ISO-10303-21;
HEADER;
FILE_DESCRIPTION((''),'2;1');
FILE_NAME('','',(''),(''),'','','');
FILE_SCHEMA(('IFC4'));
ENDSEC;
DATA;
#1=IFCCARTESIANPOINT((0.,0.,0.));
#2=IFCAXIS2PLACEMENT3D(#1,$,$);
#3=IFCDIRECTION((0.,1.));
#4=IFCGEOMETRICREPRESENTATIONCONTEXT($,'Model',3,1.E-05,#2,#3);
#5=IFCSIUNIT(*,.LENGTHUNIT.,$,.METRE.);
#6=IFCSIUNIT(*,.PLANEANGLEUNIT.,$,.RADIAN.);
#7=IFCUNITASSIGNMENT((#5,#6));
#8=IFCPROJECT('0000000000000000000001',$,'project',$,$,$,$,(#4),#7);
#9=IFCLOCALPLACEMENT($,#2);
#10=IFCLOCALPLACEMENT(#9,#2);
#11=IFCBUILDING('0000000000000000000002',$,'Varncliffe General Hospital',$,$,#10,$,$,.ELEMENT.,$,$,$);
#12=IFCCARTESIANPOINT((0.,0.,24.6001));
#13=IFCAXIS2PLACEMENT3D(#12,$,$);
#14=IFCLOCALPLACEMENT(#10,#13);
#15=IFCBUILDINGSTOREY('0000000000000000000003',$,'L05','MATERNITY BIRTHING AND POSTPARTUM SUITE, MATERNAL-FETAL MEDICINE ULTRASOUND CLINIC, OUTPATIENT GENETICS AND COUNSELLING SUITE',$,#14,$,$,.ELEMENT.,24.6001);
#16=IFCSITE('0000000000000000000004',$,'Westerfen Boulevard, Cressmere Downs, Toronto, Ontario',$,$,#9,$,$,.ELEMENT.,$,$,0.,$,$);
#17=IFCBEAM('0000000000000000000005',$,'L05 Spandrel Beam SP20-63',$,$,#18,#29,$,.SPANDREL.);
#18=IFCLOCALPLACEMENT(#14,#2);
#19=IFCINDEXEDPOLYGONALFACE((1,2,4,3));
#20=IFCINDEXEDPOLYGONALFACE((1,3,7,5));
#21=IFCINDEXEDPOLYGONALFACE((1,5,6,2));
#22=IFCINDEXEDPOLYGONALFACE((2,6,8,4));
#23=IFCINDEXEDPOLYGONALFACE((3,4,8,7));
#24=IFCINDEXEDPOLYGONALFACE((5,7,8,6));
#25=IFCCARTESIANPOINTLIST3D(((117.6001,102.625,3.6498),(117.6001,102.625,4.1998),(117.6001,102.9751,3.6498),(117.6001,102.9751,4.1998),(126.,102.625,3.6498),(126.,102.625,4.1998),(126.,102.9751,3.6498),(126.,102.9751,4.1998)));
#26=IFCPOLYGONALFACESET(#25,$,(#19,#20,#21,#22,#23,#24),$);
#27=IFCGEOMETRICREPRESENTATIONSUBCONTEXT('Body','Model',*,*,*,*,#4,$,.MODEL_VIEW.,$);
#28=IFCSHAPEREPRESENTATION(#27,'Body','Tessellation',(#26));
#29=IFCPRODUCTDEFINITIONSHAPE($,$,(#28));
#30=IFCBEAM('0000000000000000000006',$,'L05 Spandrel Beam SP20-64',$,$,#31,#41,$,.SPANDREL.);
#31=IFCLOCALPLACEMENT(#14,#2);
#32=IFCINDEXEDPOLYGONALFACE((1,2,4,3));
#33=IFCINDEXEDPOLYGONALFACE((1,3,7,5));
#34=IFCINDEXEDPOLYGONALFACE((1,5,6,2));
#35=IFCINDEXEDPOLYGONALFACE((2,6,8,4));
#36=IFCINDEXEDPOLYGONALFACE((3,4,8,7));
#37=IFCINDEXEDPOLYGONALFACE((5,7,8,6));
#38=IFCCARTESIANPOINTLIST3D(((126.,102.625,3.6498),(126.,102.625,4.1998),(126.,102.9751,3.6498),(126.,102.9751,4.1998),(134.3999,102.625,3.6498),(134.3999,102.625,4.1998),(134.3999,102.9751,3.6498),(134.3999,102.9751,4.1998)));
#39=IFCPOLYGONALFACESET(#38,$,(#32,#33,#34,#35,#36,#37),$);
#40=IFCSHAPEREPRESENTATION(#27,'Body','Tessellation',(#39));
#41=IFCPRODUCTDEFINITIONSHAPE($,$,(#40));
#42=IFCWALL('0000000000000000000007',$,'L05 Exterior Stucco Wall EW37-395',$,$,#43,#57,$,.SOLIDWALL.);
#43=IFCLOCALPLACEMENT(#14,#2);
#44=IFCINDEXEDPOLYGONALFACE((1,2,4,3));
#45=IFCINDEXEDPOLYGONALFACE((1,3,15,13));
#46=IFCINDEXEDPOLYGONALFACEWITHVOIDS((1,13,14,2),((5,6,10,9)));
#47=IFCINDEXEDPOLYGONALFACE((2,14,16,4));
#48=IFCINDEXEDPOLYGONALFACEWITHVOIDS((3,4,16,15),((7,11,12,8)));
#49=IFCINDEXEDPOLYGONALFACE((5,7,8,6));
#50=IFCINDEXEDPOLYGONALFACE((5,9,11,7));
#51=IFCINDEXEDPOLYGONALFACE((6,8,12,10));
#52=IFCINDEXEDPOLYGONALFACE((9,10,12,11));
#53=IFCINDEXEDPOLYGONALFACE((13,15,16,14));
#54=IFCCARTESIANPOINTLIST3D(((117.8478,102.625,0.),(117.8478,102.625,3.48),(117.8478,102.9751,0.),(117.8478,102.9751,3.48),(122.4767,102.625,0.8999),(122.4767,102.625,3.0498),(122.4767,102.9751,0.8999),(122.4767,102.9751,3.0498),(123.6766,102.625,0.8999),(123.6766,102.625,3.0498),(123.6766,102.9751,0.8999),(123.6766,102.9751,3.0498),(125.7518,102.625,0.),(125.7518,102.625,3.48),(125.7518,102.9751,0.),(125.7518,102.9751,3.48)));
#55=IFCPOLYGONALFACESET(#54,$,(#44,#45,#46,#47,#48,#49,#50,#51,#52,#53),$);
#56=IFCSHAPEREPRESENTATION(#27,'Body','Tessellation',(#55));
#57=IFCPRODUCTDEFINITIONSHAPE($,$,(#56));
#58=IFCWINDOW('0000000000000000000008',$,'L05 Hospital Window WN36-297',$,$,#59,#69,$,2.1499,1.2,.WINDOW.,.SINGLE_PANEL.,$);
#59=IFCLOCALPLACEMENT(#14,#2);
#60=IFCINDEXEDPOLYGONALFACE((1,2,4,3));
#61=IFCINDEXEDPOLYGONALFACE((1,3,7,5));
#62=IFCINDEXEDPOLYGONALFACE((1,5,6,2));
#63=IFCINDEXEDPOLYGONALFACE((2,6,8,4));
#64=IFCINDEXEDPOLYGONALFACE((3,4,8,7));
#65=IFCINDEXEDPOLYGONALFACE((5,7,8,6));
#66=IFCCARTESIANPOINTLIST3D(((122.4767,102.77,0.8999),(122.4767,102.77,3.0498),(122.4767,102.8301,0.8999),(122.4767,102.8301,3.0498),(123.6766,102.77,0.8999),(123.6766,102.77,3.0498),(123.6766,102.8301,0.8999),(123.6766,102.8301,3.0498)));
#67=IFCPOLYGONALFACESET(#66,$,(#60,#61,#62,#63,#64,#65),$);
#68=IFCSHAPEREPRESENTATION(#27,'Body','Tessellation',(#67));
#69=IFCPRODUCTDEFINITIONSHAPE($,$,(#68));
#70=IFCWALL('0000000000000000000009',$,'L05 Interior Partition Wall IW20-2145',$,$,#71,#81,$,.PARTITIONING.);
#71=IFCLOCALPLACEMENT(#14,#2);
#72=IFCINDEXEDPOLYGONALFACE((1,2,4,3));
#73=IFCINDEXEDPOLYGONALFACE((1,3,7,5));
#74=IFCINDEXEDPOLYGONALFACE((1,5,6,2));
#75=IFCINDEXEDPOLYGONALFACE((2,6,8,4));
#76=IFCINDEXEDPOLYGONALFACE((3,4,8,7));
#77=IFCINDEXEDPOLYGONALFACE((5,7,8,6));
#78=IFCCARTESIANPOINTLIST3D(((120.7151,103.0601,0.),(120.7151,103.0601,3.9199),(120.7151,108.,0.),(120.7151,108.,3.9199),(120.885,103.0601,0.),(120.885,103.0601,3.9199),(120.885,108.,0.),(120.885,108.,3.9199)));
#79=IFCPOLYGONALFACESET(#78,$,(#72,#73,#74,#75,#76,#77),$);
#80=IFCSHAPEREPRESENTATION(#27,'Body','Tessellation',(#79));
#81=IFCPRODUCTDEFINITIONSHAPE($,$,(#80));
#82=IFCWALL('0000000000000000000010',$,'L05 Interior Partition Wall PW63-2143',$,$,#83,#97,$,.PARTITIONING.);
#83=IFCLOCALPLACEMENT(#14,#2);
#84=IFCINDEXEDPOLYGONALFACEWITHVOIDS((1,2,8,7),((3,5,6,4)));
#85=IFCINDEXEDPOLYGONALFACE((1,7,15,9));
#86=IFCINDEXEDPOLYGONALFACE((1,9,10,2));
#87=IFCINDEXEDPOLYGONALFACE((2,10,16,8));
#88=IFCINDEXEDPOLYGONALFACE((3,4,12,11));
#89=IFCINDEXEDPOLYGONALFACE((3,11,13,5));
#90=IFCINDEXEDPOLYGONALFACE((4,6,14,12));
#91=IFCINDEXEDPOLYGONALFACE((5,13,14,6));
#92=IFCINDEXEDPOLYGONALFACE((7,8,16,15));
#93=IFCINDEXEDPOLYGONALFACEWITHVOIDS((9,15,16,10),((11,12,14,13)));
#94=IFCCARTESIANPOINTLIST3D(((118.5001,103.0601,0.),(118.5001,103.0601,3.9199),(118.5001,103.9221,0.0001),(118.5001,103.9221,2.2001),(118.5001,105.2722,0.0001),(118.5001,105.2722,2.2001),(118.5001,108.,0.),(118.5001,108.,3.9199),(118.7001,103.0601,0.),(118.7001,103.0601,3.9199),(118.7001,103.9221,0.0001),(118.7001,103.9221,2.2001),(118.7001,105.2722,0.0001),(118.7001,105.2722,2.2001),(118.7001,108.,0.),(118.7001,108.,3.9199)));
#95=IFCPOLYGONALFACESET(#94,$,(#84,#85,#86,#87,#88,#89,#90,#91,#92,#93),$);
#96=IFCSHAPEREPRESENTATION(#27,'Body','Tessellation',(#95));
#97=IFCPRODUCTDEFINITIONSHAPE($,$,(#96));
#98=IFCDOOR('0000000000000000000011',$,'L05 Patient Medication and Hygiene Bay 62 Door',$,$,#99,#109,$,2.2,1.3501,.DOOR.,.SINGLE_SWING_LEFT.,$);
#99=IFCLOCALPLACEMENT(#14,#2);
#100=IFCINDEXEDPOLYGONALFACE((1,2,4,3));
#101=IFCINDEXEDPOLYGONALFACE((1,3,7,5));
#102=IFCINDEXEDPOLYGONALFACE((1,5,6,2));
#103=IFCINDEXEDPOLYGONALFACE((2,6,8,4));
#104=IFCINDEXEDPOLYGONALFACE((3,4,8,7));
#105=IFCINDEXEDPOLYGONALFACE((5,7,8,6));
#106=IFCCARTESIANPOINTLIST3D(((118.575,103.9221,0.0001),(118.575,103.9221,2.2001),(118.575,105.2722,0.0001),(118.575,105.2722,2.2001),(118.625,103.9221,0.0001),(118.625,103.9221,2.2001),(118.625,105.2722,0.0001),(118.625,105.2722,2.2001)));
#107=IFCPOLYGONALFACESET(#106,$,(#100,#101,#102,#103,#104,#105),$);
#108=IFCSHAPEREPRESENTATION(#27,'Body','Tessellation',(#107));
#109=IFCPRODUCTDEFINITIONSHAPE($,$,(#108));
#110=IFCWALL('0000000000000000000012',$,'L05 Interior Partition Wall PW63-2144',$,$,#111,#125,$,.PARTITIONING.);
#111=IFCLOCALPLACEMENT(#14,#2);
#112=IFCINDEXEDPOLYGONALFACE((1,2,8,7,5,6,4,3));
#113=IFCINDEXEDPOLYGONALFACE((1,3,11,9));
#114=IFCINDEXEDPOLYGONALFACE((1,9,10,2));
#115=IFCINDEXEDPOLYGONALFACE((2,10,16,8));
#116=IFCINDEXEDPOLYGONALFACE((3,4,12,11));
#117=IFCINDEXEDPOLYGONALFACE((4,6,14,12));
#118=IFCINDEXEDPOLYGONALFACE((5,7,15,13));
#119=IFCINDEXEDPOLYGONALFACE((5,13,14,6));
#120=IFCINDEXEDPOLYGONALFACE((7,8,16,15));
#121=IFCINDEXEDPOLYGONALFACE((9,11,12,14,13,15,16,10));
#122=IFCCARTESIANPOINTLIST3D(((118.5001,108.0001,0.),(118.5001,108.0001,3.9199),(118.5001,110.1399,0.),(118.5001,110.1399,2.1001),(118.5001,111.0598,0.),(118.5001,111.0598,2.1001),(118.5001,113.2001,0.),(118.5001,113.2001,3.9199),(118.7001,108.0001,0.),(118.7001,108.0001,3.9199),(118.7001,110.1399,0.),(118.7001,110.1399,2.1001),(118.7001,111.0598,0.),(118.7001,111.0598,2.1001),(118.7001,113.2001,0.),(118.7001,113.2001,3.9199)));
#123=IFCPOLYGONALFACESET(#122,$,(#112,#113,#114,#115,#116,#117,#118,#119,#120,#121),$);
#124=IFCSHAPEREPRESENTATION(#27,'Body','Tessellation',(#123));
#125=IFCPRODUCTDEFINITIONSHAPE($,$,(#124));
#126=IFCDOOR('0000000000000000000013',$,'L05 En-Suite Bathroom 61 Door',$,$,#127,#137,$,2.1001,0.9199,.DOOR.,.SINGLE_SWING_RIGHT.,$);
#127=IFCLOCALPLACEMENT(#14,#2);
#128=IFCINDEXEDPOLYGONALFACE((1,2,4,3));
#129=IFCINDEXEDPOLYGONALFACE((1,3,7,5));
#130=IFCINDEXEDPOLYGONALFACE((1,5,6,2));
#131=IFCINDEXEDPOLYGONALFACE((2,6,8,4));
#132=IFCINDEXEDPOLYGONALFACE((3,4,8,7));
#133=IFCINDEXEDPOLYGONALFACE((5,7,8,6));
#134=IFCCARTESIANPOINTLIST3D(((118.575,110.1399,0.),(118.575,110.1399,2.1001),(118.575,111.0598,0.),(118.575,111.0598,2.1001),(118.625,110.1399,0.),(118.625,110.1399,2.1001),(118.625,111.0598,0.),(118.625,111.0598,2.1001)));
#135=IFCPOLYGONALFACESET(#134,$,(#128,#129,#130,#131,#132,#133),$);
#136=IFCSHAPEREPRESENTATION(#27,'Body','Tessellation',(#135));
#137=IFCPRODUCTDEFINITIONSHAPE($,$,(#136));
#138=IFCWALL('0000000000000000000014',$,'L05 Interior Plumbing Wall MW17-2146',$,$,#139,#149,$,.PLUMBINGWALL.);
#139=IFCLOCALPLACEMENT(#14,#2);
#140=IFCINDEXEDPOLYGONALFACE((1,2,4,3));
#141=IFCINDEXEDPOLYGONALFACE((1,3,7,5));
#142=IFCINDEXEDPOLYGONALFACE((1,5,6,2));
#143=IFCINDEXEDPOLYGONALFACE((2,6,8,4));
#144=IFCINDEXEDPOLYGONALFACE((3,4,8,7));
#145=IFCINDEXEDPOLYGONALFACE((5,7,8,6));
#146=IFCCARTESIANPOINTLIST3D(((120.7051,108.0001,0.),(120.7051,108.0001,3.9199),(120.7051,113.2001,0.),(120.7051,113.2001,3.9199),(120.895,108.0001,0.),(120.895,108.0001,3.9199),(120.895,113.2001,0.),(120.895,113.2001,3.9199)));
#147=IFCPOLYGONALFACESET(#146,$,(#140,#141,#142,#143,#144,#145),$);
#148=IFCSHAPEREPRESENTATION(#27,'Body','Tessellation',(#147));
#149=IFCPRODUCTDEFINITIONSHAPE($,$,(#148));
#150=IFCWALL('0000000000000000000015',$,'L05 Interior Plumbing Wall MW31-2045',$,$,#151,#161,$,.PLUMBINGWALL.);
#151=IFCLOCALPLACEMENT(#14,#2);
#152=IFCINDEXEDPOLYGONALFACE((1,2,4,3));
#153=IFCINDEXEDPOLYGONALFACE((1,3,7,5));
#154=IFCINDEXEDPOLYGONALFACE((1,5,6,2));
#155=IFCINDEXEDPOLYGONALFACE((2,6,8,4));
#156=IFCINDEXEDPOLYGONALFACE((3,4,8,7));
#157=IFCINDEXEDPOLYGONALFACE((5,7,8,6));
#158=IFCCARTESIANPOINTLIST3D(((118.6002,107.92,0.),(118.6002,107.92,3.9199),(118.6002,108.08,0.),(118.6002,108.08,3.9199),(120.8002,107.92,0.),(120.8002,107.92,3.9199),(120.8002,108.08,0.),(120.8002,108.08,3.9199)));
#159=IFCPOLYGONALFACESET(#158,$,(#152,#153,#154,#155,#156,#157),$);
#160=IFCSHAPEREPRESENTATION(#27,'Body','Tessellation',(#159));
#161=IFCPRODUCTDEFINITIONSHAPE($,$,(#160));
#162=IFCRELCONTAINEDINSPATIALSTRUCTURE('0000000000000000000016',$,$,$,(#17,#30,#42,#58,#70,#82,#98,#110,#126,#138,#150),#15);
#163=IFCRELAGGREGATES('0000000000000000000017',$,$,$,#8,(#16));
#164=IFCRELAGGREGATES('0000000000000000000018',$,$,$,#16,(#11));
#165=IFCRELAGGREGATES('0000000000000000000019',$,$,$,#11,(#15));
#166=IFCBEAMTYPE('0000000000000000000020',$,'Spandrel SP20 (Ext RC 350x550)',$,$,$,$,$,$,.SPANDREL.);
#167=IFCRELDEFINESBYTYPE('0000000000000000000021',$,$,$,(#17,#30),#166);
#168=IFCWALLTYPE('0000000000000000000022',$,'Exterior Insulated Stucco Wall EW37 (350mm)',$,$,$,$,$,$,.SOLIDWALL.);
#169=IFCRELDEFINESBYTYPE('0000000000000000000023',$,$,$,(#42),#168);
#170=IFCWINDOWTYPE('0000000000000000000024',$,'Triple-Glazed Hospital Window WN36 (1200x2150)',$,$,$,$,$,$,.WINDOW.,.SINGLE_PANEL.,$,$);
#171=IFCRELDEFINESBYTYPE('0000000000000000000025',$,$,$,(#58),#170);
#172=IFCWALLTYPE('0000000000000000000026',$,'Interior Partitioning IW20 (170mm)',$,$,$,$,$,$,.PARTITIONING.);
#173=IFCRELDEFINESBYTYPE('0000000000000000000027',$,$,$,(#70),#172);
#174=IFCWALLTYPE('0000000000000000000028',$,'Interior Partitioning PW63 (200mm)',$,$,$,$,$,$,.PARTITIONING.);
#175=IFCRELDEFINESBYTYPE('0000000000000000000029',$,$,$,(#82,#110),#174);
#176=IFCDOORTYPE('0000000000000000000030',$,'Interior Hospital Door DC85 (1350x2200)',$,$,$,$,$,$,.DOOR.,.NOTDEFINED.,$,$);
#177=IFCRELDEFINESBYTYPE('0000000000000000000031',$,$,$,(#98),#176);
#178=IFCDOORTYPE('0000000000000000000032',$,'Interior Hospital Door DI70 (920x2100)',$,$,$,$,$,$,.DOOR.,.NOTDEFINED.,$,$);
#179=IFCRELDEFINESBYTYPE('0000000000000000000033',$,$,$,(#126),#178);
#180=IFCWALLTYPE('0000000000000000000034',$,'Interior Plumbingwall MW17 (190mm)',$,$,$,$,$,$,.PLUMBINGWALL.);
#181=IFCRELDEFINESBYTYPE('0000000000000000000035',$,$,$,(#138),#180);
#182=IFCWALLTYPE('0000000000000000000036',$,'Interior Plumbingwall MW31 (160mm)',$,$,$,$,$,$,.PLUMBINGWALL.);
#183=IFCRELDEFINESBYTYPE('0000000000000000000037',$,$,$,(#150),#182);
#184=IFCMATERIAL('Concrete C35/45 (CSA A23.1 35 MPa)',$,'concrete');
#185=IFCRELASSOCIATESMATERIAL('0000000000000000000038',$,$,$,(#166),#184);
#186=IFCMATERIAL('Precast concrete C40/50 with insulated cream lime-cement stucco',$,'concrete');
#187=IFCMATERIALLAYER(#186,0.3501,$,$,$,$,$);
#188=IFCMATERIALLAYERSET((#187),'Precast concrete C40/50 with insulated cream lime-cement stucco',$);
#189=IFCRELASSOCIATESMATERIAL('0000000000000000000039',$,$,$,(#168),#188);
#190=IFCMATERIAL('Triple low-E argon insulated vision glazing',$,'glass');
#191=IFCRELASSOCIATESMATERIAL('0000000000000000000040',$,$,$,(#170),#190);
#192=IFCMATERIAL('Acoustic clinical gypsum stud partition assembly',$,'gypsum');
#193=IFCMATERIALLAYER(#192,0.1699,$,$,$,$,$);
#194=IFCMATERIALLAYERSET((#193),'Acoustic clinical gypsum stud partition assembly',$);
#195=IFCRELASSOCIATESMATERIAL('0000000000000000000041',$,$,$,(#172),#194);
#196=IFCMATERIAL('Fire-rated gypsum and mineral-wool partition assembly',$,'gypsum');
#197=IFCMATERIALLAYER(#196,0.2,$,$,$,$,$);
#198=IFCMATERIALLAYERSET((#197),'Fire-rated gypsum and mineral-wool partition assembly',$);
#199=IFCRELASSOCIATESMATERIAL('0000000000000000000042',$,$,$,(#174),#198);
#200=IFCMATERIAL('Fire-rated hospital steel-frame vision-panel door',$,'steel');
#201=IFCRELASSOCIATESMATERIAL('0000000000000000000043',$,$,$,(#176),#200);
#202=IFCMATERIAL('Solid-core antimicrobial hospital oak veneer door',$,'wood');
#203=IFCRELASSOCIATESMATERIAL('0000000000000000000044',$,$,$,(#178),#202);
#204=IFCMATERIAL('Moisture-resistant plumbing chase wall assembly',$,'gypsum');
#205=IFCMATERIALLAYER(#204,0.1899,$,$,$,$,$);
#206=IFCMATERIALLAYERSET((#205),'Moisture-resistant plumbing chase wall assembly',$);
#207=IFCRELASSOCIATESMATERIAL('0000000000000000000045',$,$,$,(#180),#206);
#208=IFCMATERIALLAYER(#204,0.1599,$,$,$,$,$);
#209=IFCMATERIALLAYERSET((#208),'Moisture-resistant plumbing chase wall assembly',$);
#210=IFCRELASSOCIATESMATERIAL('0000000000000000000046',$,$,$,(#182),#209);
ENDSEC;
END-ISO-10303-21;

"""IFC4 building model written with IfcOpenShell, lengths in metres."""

from ifc_helpers import new_model, si_unit, direction, frame, frame_2d, origin, origin_2d, place, context, subcontext, project, spatial, rectangle, extrude, material, layer, layer_set, material_profile, profile_set, type_object, element, fill, save


model = new_model("IFC4")

# Units and contexts
model_context = context("Model", 3, precision=1e-05, world=origin(), true_north=direction((0.0, 1.0)))
body_context = subcontext(model_context, "Body", "Model", "MODEL_VIEW")
ifc_project = project(units=[si_unit("LENGTHUNIT", "METRE"), si_unit("PLANEANGLEUNIT", "RADIAN")], contexts=[model_context])

# Site, building, storey
site_placement = place(None, origin())
site = spatial("IfcSite", under=ifc_project, at=site_placement, Name="Westerfen Boulevard, Cressmere Downs, Toronto, Ontario", CompositionType="ELEMENT", RefElevation=0.0)
building_placement = place(site_placement, origin())
building = spatial("IfcBuilding", under=site, at=building_placement, Name="Varncliffe General Hospital", CompositionType="ELEMENT")
storey_placement = place(building_placement, frame((0.0, 0.0, 24.6001)))
storey = spatial("IfcBuildingStorey", under=building, at=storey_placement, Name="L05", Description="MATERNITY BIRTHING AND POSTPARTUM SUITE, MATERNAL-FETAL MEDICINE ULTRASOUND CLINIC, OUTPATIENT GENETICS AND COUNSELLING SUITE", CompositionType="ELEMENT", Elevation=24.6001)

# Beams
ifc_material_1 = material(Name="Concrete C35/45 (CSA A23.1 35 MPa)", Category="concrete")
ifc_material_profile_1 = material_profile(ifc_material_1, rectangle(XDim=0.3501, YDim=0.55, at=origin_2d()), Name="RC 350x550")
ifc_profile_set_1 = profile_set([ifc_material_profile_1], Name="Concrete C35/45 (CSA A23.1 35 MPa)")
beam_type_1 = type_object("IfcBeamType", Name="Spandrel SP20 (Ext RC 350x550)", PredefinedType="SPANDREL", material=ifc_profile_set_1)
for number, where, z_axis, x_axis, name in (
    (1, (117.6001, 102.8, 3.9248), (1.0, 0.0, 0.0), (0.0, 1.0, 0.0), "L05 Spandrel Beam SP20-63"),
    (2, (126.0, 102.8, 3.9248), (1.0, 0.0, 0.0), (0.0, 1.0, 0.0), "L05 Spandrel Beam SP20-64"),
):
    element("IfcBeam", number, at=place(storey_placement, frame(where, z_axis=z_axis, x_axis=x_axis)), inside=storey, type_object=beam_type_1, Name=name, PredefinedType="SPANDREL", context=body_context, shape_type="SweptSolid", body=[
        extrude(rectangle(XDim=0.3501, YDim=0.55, at=origin_2d()), origin(), (0.0, 0.0, 1.0), 8.3999),
    ])

# Wall, opening, window
ifc_material_2 = material(Name="Precast concrete C40/50 with insulated cream lime-cement stucco", Category="concrete")
ifc_layer_1 = layer(ifc_material_2, 0.3501)
ifc_layer_set_1 = layer_set([ifc_layer_1], Name="Precast concrete C40/50 with insulated cream lime-cement stucco")
wall_type_1 = type_object("IfcWallType", Name="Exterior Insulated Stucco Wall EW37 (350mm)", PredefinedType="SOLIDWALL", material=ifc_layer_set_1)
wall_1_placement = place(storey_placement, frame((125.752, 102.8, 0.0), z_axis=(0.0, 0.0, 1.0), x_axis=(-1.0, 0.0, 0.0)))
wall_1 = element("IfcWall", 3, at=wall_1_placement, inside=storey, type_object=wall_type_1, Name="L05 Exterior Stucco Wall EW37-395", PredefinedType="SOLIDWALL", context=body_context, shape_type="SweptSolid", body=[
    extrude(rectangle(XDim=7.9041, YDim=0.3501, at=frame_2d((3.9521, 0.0))), origin(), (0.0, 0.0, 1.0), 3.48),
])
opening_1_placement = place(wall_1_placement, frame((2.0752, 0.0, 0.8999)))
opening_1 = element("IfcOpeningElement", 4, at=opening_1_placement, cuts=wall_1, PredefinedType="OPENING", context=body_context, shape_type="SweptSolid", body=[
    extrude(rectangle(XDim=1.2, YDim=2.1499, at=frame_2d((0.6001, 1.075))), frame((0.0, 0.1851, 0.0), z_axis=(0.0, -1.0, 0.0), x_axis=(1.0, 0.0, 0.0)), (0.0, 0.0, 1.0), 0.3701),
])
ifc_material_3 = material(Name="Triple low-E argon insulated vision glazing", Category="glass")
window_type = type_object("IfcWindowType", Name="Triple-Glazed Hospital Window WN36 (1200x2150)", PartitioningType="SINGLE_PANEL", PredefinedType="WINDOW", material=ifc_material_3)
window_placement = place(opening_1_placement, origin())
window = element("IfcWindow", 5, at=window_placement, inside=storey, type_object=window_type, Name="L05 Hospital Window WN36-297", OverallHeight=2.1499, OverallWidth=1.2, PartitioningType="SINGLE_PANEL", PredefinedType="WINDOW", context=body_context, shape_type="SweptSolid", body=[
    extrude(rectangle(XDim=1.2, YDim=2.1499, at=frame_2d((0.6001, 1.075))), frame((0.0, 0.03, 0.0), z_axis=(0.0, -1.0, 0.0), x_axis=(1.0, 0.0, 0.0)), (0.0, 0.0, 1.0), 0.0601),
])
fill(opening_1, window)

# Wall
ifc_material_4 = material(Name="Acoustic clinical gypsum stud partition assembly", Category="gypsum")
ifc_layer_2 = layer(ifc_material_4, 0.1699)
ifc_layer_set_2 = layer_set([ifc_layer_2], Name="Acoustic clinical gypsum stud partition assembly")
wall_type_2 = type_object("IfcWallType", Name="Interior Partitioning IW20 (170mm)", PredefinedType="PARTITIONING", material=ifc_layer_set_2)
wall_2_placement = place(storey_placement, frame((120.8, 103.0601, 0.0), z_axis=(0.0, 0.0, 1.0), x_axis=(0.0, 1.0, 0.0)))
element("IfcWall", 6, at=wall_2_placement, inside=storey, type_object=wall_type_2, Name="L05 Interior Partition Wall IW20-2145", PredefinedType="PARTITIONING", context=body_context, shape_type="SweptSolid", body=[
    extrude(rectangle(XDim=4.9399, YDim=0.1699, at=frame_2d((2.47, 0.0))), origin(), (0.0, 0.0, 1.0), 3.9199),
])

# Walls, openings, doors
ifc_material_5 = material(Name="Fire-rated gypsum and mineral-wool partition assembly", Category="gypsum")
ifc_layer_3 = layer(ifc_material_5, 0.2)
ifc_layer_set_3 = layer_set([ifc_layer_3], Name="Fire-rated gypsum and mineral-wool partition assembly")
wall_type_3 = type_object("IfcWallType", Name="Interior Partitioning PW63 (200mm)", PredefinedType="PARTITIONING", material=ifc_layer_set_3)
wall_3_placement = place(storey_placement, frame((118.6001, 103.0601, 0.0), z_axis=(0.0, 0.0, 1.0), x_axis=(0.0, 1.0, 0.0)))
wall_3 = element("IfcWall", 7, at=wall_3_placement, inside=storey, type_object=wall_type_3, Name="L05 Interior Partition Wall PW63-2143", PredefinedType="PARTITIONING", context=body_context, shape_type="SweptSolid", body=[
    extrude(rectangle(XDim=4.9399, YDim=0.2, at=frame_2d((2.47, 0.0))), origin(), (0.0, 0.0, 1.0), 3.9199),
])
opening_2_placement = place(wall_3_placement, frame((0.8621, 0.0, 0.0)))
opening_2 = element("IfcOpeningElement", 8, at=opening_2_placement, cuts=wall_3, PredefinedType="OPENING", context=body_context, shape_type="SweptSolid", body=[
    extrude(rectangle(XDim=1.3501, YDim=2.2, at=frame_2d((0.675, 1.1001))), frame((0.0, 0.1099, 0.0), z_axis=(0.0, -1.0, 0.0), x_axis=(1.0, 0.0, 0.0)), (0.0, 0.0, 1.0), 0.22),
])
ifc_material_6 = material(Name="Fire-rated hospital steel-frame vision-panel door", Category="steel")
door_type_1 = type_object("IfcDoorType", Name="Interior Hospital Door DC85 (1350x2200)", OperationType="NOTDEFINED", PredefinedType="DOOR", material=ifc_material_6)
door_1_placement = place(opening_2_placement, frame((1.3501, 0.0, 0.0), z_axis=(0.0, 0.0, 1.0), x_axis=(-1.0, 0.0, 0.0)))
door_1 = element("IfcDoor", 9, at=door_1_placement, inside=storey, type_object=door_type_1, Name="L05 Patient Medication and Hygiene Bay 62 Door", OperationType="SINGLE_SWING_LEFT", OverallHeight=2.2, OverallWidth=1.3501, PredefinedType="DOOR", context=body_context, shape_type="SweptSolid", body=[
    extrude(rectangle(XDim=1.3501, YDim=2.2, at=frame_2d((0.675, 1.1001))), frame((0.0, 0.0249, 0.0), z_axis=(0.0, -1.0, 0.0), x_axis=(1.0, 0.0, 0.0)), (0.0, 0.0, 1.0), 0.05),
])
fill(opening_2, door_1)
wall_4_placement = place(storey_placement, frame((118.6001, 108.0, 0.0), z_axis=(0.0, 0.0, 1.0), x_axis=(0.0, 1.0, 0.0)))
wall_4 = element("IfcWall", 10, at=wall_4_placement, inside=storey, type_object=wall_type_3, Name="L05 Interior Partition Wall PW63-2144", PredefinedType="PARTITIONING", context=body_context, shape_type="SweptSolid", body=[
    extrude(rectangle(XDim=5.2, YDim=0.2, at=frame_2d((2.6001, 0.0))), origin(), (0.0, 0.0, 1.0), 3.9199),
])
opening_3_placement = place(wall_4_placement, frame((2.1399, 0.0, 0.0)))
opening_3 = element("IfcOpeningElement", 11, at=opening_3_placement, cuts=wall_4, PredefinedType="OPENING", context=body_context, shape_type="SweptSolid", body=[
    extrude(rectangle(XDim=0.9199, YDim=2.1001, at=frame_2d((0.46, 1.05))), frame((0.0, 0.1099, 0.0), z_axis=(0.0, -1.0, 0.0), x_axis=(1.0, 0.0, 0.0)), (0.0, 0.0, 1.0), 0.22),
])
ifc_material_7 = material(Name="Solid-core antimicrobial hospital oak veneer door", Category="wood")
door_type_2 = type_object("IfcDoorType", Name="Interior Hospital Door DI70 (920x2100)", OperationType="NOTDEFINED", PredefinedType="DOOR", material=ifc_material_7)
door_2_placement = place(opening_3_placement, frame((0.9199, 0.0, 0.0), z_axis=(0.0, 0.0, 1.0), x_axis=(-1.0, 0.0, 0.0)))
door_2 = element("IfcDoor", 12, at=door_2_placement, inside=storey, type_object=door_type_2, Name="L05 En-Suite Bathroom 61 Door", OperationType="SINGLE_SWING_RIGHT", OverallHeight=2.1001, OverallWidth=0.9199, PredefinedType="DOOR", context=body_context, shape_type="SweptSolid", body=[
    extrude(rectangle(XDim=0.9199, YDim=2.1001, at=frame_2d((0.46, 1.05))), frame((0.0, 0.0249, 0.0), z_axis=(0.0, -1.0, 0.0), x_axis=(1.0, 0.0, 0.0)), (0.0, 0.0, 1.0), 0.05),
])
fill(opening_3, door_2)

# Walls
ifc_material_8 = material(Name="Moisture-resistant plumbing chase wall assembly", Category="gypsum")
ifc_layer_4 = layer(ifc_material_8, 0.1899)
ifc_layer_set_4 = layer_set([ifc_layer_4], Name="Moisture-resistant plumbing chase wall assembly")
wall_type_4 = type_object("IfcWallType", Name="Interior Plumbingwall MW17 (190mm)", PredefinedType="PLUMBINGWALL", material=ifc_layer_set_4)
wall_5_placement = place(storey_placement, frame((120.8, 108.0, 0.0), z_axis=(0.0, 0.0, 1.0), x_axis=(0.0, 1.0, 0.0)))
element("IfcWall", 13, at=wall_5_placement, inside=storey, type_object=wall_type_4, Name="L05 Interior Plumbing Wall MW17-2146", PredefinedType="PLUMBINGWALL", context=body_context, shape_type="SweptSolid", body=[
    extrude(rectangle(XDim=5.2, YDim=0.1899, at=frame_2d((2.6001, 0.0))), origin(), (0.0, 0.0, 1.0), 3.9199),
])
ifc_layer_5 = layer(ifc_material_8, 0.1599)
ifc_layer_set_5 = layer_set([ifc_layer_5], Name="Moisture-resistant plumbing chase wall assembly")
wall_type_5 = type_object("IfcWallType", Name="Interior Plumbingwall MW31 (160mm)", PredefinedType="PLUMBINGWALL", material=ifc_layer_set_5)
wall_6_placement = place(storey_placement, frame((118.6001, 108.0, 0.0), z_axis=(0.0, 0.0, 1.0), x_axis=(1.0, 0.0, 0.0)))
element("IfcWall", 14, at=wall_6_placement, inside=storey, type_object=wall_type_5, Name="L05 Interior Plumbing Wall MW31-2045", PredefinedType="PLUMBINGWALL", context=body_context, shape_type="SweptSolid", body=[
    extrude(rectangle(XDim=2.2, YDim=0.1599, at=frame_2d((1.1001, 0.0))), origin(), (0.0, 0.0, 1.0), 3.9199),
])

save(model, "model.ifc")
